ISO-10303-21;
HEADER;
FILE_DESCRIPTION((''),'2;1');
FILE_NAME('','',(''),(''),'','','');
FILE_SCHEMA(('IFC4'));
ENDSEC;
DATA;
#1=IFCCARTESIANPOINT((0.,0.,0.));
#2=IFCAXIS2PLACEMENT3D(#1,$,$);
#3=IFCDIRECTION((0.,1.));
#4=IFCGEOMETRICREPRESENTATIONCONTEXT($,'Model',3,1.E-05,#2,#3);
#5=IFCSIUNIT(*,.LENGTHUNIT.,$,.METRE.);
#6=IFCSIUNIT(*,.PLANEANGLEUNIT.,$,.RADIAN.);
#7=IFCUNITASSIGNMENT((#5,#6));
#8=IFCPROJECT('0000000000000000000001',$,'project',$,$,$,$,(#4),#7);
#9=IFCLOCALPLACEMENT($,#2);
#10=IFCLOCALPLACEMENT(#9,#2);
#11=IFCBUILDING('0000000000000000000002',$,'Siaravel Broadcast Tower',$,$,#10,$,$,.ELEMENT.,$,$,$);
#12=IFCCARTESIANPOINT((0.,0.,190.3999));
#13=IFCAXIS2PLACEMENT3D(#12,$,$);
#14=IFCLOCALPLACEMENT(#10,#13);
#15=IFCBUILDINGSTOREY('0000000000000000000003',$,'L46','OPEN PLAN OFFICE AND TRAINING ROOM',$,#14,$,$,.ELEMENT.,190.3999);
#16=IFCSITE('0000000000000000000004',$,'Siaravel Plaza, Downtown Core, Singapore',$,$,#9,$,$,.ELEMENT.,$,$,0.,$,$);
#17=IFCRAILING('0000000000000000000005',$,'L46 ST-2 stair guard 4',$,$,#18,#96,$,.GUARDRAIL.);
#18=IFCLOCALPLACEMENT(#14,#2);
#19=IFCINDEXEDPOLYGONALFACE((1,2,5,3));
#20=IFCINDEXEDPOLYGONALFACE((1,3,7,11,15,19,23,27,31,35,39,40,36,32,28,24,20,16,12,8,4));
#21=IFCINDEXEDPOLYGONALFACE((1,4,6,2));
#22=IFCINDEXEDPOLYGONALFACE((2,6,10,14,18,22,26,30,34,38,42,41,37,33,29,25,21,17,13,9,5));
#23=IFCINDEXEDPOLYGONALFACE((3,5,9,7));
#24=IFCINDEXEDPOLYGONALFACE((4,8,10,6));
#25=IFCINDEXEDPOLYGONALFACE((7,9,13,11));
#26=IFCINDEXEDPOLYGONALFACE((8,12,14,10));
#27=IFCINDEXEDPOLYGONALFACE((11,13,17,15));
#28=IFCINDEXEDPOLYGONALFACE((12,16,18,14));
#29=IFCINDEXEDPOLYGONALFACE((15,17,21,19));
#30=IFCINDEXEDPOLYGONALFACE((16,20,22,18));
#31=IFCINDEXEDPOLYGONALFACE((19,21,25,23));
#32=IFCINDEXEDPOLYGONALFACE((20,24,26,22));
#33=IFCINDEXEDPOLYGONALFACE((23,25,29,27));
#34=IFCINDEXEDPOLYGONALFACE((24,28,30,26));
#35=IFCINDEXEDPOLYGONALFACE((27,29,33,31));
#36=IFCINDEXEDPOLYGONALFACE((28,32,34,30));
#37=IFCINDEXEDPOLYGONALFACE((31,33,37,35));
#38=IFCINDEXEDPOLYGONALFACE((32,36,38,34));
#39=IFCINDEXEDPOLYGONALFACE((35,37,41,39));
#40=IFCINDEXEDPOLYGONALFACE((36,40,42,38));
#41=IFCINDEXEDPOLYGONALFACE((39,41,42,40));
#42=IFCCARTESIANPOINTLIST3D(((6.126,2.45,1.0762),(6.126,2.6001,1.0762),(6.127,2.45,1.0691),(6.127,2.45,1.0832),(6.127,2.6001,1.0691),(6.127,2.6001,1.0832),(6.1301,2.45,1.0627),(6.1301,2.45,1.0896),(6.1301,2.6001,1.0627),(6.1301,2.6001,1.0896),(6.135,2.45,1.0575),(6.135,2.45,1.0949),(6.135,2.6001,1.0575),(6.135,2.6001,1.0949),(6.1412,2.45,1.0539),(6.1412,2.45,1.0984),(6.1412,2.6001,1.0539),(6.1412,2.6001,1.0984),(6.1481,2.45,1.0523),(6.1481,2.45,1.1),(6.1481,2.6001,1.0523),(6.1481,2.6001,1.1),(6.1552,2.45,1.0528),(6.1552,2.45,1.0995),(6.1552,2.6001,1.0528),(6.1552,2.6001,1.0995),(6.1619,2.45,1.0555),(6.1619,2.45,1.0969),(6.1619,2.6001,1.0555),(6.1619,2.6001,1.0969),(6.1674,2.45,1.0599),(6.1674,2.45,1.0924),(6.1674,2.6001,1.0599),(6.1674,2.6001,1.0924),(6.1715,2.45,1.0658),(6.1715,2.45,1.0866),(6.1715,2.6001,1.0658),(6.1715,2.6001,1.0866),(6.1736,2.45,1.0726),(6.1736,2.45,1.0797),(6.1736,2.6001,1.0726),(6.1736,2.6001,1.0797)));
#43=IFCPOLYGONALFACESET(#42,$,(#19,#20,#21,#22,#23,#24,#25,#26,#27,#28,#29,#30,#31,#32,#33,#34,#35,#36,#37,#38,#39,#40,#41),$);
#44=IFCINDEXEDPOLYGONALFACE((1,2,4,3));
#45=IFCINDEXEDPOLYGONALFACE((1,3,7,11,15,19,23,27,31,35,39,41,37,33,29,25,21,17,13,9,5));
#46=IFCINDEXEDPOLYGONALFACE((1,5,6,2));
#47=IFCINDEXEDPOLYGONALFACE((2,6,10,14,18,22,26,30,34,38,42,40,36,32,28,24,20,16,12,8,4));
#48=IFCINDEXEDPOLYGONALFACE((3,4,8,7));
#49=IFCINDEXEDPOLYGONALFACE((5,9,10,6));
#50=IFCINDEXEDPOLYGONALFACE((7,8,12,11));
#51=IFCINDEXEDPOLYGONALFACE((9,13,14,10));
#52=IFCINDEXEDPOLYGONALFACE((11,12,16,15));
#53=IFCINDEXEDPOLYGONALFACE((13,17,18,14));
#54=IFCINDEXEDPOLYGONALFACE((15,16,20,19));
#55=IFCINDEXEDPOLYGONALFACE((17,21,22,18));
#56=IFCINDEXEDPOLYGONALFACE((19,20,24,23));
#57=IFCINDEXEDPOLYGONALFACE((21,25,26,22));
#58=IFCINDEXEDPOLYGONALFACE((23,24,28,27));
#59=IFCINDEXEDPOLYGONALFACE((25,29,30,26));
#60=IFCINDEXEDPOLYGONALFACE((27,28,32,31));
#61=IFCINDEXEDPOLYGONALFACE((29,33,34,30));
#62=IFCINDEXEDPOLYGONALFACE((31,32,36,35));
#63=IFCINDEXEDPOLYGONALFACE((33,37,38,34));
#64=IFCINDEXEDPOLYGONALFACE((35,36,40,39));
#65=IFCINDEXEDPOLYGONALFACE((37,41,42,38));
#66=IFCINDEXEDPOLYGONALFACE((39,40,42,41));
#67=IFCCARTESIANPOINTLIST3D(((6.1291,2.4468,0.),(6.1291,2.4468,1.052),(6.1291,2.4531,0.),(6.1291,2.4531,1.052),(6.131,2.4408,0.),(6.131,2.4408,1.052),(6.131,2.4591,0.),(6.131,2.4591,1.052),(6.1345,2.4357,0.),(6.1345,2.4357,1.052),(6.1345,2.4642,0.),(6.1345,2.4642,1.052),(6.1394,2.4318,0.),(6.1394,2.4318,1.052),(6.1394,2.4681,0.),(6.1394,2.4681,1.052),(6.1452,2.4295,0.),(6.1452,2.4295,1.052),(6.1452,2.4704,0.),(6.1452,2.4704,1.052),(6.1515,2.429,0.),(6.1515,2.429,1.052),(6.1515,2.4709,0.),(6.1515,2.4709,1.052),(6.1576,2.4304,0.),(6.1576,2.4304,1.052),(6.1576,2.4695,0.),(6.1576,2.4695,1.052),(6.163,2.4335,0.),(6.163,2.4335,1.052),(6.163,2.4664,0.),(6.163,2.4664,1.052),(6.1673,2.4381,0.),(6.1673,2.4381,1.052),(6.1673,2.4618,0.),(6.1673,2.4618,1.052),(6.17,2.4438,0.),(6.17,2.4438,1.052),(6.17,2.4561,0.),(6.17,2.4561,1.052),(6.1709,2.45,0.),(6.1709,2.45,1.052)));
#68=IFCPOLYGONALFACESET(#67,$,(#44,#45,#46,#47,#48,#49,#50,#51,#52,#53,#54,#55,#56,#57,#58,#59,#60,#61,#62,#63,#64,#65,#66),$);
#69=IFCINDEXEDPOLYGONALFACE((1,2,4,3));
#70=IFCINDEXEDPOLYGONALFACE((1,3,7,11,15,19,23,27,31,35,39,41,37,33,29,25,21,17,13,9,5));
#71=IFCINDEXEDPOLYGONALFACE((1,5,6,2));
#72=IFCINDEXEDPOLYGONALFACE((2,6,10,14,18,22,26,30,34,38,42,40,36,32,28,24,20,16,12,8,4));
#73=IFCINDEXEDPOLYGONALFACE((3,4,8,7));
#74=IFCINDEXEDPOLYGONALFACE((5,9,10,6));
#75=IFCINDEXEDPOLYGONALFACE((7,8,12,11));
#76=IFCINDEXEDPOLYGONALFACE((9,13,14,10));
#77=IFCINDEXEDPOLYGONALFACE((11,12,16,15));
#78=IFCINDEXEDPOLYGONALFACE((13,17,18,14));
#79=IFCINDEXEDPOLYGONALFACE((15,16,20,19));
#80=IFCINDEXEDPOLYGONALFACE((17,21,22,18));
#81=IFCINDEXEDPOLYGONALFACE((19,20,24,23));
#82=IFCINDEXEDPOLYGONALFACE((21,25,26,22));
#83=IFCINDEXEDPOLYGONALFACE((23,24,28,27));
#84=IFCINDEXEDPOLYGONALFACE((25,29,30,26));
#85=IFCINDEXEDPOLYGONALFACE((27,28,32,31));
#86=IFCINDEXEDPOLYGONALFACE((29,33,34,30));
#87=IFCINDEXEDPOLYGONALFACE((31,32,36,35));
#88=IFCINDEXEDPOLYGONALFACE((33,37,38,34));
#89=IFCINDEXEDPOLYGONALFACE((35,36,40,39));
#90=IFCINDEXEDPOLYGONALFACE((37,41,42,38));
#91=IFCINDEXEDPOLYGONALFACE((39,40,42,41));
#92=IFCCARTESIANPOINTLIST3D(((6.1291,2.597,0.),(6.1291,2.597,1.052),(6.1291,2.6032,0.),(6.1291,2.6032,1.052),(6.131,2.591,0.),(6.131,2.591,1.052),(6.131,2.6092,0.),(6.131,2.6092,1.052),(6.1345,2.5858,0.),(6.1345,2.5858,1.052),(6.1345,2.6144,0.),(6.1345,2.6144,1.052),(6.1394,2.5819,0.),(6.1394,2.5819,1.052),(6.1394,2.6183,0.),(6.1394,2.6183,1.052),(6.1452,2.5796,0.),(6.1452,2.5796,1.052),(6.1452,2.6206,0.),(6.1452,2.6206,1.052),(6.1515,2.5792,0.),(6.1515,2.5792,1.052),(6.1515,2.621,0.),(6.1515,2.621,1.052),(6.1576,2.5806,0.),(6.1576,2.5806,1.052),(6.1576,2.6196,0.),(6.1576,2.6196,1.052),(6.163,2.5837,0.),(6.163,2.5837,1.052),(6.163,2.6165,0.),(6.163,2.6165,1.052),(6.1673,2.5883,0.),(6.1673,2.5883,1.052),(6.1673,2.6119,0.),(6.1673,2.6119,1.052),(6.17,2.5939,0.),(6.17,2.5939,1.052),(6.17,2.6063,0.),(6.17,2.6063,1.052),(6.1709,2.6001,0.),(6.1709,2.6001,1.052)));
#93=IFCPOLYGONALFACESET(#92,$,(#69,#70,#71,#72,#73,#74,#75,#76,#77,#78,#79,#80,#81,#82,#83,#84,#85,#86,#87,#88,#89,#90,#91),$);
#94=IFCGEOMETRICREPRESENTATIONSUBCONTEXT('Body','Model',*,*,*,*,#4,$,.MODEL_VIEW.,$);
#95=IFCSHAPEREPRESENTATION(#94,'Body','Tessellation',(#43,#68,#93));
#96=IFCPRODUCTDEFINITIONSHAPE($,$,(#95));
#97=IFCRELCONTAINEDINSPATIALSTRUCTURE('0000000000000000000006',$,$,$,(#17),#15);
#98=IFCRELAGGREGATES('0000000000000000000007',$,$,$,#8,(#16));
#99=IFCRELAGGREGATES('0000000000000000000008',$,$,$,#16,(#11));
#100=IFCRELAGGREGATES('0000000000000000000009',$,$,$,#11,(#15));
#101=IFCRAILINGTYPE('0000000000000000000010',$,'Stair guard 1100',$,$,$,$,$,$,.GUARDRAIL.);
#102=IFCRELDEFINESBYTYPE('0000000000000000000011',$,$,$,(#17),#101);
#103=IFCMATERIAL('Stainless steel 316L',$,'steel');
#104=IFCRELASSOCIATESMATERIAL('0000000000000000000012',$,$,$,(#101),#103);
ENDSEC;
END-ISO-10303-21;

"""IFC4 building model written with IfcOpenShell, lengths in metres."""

from ifc_helpers import new_model, si_unit, direction, frame, origin, origin_2d, place, context, subcontext, project, spatial, circle, extrude, material, type_object, element, save


model = new_model("IFC4")

# Units and contexts
model_context = context("Model", 3, precision=1e-05, world=origin(), true_north=direction((0.0, 1.0)))
body_context = subcontext(model_context, "Body", "Model", "MODEL_VIEW")
ifc_project = project(units=[si_unit("LENGTHUNIT", "METRE"), si_unit("PLANEANGLEUNIT", "RADIAN")], contexts=[model_context])

# Site, building, storey
site_placement = place(None, origin())
site = spatial("IfcSite", under=ifc_project, at=site_placement, Name="Siaravel Plaza, Downtown Core, Singapore", CompositionType="ELEMENT", RefElevation=0.0)
building_placement = place(site_placement, origin())
building = spatial("IfcBuilding", under=site, at=building_placement, Name="Siaravel Broadcast Tower", CompositionType="ELEMENT")
storey_placement = place(building_placement, frame((0.0, 0.0, 190.3999)))
storey = spatial("IfcBuildingStorey", under=building, at=storey_placement, Name="L46", Description="OPEN PLAN OFFICE AND TRAINING ROOM", CompositionType="ELEMENT", Elevation=190.3999)

# Railing
ifc_material_1 = material(Name="Stainless steel 316L", Category="steel")
railing_type_1 = type_object("IfcRailingType", Name="Stair guard 1100", PredefinedType="GUARDRAIL", material=ifc_material_1)
railing_1_placement = place(storey_placement, frame((6.1499, 2.45, 0.0)))
element("IfcRailing", 1, at=railing_1_placement, inside=storey, type_object=railing_type_1, Name="L46 ST-2 stair guard 4", PredefinedType="GUARDRAIL", context=body_context, shape_type="SweptSolid", body=[
    extrude(circle(Radius=0.0239, at=origin_2d()), frame((0.0, 0.0, 1.0762), z_axis=(0.0, 1.0, 0.0), x_axis=(-1.0, 0.0, 0.0)), (0.0, 0.0, 1.0), 0.1501),
    extrude(circle(Radius=0.021, at=origin_2d()), origin(), (0.0, 0.0, 1.0), 1.052),
    extrude(circle(Radius=0.021, at=origin_2d()), frame((0.0, 0.1501, 0.0)), (0.0, 0.0, 1.0), 1.052),
])

save(model, "model.ifc")
